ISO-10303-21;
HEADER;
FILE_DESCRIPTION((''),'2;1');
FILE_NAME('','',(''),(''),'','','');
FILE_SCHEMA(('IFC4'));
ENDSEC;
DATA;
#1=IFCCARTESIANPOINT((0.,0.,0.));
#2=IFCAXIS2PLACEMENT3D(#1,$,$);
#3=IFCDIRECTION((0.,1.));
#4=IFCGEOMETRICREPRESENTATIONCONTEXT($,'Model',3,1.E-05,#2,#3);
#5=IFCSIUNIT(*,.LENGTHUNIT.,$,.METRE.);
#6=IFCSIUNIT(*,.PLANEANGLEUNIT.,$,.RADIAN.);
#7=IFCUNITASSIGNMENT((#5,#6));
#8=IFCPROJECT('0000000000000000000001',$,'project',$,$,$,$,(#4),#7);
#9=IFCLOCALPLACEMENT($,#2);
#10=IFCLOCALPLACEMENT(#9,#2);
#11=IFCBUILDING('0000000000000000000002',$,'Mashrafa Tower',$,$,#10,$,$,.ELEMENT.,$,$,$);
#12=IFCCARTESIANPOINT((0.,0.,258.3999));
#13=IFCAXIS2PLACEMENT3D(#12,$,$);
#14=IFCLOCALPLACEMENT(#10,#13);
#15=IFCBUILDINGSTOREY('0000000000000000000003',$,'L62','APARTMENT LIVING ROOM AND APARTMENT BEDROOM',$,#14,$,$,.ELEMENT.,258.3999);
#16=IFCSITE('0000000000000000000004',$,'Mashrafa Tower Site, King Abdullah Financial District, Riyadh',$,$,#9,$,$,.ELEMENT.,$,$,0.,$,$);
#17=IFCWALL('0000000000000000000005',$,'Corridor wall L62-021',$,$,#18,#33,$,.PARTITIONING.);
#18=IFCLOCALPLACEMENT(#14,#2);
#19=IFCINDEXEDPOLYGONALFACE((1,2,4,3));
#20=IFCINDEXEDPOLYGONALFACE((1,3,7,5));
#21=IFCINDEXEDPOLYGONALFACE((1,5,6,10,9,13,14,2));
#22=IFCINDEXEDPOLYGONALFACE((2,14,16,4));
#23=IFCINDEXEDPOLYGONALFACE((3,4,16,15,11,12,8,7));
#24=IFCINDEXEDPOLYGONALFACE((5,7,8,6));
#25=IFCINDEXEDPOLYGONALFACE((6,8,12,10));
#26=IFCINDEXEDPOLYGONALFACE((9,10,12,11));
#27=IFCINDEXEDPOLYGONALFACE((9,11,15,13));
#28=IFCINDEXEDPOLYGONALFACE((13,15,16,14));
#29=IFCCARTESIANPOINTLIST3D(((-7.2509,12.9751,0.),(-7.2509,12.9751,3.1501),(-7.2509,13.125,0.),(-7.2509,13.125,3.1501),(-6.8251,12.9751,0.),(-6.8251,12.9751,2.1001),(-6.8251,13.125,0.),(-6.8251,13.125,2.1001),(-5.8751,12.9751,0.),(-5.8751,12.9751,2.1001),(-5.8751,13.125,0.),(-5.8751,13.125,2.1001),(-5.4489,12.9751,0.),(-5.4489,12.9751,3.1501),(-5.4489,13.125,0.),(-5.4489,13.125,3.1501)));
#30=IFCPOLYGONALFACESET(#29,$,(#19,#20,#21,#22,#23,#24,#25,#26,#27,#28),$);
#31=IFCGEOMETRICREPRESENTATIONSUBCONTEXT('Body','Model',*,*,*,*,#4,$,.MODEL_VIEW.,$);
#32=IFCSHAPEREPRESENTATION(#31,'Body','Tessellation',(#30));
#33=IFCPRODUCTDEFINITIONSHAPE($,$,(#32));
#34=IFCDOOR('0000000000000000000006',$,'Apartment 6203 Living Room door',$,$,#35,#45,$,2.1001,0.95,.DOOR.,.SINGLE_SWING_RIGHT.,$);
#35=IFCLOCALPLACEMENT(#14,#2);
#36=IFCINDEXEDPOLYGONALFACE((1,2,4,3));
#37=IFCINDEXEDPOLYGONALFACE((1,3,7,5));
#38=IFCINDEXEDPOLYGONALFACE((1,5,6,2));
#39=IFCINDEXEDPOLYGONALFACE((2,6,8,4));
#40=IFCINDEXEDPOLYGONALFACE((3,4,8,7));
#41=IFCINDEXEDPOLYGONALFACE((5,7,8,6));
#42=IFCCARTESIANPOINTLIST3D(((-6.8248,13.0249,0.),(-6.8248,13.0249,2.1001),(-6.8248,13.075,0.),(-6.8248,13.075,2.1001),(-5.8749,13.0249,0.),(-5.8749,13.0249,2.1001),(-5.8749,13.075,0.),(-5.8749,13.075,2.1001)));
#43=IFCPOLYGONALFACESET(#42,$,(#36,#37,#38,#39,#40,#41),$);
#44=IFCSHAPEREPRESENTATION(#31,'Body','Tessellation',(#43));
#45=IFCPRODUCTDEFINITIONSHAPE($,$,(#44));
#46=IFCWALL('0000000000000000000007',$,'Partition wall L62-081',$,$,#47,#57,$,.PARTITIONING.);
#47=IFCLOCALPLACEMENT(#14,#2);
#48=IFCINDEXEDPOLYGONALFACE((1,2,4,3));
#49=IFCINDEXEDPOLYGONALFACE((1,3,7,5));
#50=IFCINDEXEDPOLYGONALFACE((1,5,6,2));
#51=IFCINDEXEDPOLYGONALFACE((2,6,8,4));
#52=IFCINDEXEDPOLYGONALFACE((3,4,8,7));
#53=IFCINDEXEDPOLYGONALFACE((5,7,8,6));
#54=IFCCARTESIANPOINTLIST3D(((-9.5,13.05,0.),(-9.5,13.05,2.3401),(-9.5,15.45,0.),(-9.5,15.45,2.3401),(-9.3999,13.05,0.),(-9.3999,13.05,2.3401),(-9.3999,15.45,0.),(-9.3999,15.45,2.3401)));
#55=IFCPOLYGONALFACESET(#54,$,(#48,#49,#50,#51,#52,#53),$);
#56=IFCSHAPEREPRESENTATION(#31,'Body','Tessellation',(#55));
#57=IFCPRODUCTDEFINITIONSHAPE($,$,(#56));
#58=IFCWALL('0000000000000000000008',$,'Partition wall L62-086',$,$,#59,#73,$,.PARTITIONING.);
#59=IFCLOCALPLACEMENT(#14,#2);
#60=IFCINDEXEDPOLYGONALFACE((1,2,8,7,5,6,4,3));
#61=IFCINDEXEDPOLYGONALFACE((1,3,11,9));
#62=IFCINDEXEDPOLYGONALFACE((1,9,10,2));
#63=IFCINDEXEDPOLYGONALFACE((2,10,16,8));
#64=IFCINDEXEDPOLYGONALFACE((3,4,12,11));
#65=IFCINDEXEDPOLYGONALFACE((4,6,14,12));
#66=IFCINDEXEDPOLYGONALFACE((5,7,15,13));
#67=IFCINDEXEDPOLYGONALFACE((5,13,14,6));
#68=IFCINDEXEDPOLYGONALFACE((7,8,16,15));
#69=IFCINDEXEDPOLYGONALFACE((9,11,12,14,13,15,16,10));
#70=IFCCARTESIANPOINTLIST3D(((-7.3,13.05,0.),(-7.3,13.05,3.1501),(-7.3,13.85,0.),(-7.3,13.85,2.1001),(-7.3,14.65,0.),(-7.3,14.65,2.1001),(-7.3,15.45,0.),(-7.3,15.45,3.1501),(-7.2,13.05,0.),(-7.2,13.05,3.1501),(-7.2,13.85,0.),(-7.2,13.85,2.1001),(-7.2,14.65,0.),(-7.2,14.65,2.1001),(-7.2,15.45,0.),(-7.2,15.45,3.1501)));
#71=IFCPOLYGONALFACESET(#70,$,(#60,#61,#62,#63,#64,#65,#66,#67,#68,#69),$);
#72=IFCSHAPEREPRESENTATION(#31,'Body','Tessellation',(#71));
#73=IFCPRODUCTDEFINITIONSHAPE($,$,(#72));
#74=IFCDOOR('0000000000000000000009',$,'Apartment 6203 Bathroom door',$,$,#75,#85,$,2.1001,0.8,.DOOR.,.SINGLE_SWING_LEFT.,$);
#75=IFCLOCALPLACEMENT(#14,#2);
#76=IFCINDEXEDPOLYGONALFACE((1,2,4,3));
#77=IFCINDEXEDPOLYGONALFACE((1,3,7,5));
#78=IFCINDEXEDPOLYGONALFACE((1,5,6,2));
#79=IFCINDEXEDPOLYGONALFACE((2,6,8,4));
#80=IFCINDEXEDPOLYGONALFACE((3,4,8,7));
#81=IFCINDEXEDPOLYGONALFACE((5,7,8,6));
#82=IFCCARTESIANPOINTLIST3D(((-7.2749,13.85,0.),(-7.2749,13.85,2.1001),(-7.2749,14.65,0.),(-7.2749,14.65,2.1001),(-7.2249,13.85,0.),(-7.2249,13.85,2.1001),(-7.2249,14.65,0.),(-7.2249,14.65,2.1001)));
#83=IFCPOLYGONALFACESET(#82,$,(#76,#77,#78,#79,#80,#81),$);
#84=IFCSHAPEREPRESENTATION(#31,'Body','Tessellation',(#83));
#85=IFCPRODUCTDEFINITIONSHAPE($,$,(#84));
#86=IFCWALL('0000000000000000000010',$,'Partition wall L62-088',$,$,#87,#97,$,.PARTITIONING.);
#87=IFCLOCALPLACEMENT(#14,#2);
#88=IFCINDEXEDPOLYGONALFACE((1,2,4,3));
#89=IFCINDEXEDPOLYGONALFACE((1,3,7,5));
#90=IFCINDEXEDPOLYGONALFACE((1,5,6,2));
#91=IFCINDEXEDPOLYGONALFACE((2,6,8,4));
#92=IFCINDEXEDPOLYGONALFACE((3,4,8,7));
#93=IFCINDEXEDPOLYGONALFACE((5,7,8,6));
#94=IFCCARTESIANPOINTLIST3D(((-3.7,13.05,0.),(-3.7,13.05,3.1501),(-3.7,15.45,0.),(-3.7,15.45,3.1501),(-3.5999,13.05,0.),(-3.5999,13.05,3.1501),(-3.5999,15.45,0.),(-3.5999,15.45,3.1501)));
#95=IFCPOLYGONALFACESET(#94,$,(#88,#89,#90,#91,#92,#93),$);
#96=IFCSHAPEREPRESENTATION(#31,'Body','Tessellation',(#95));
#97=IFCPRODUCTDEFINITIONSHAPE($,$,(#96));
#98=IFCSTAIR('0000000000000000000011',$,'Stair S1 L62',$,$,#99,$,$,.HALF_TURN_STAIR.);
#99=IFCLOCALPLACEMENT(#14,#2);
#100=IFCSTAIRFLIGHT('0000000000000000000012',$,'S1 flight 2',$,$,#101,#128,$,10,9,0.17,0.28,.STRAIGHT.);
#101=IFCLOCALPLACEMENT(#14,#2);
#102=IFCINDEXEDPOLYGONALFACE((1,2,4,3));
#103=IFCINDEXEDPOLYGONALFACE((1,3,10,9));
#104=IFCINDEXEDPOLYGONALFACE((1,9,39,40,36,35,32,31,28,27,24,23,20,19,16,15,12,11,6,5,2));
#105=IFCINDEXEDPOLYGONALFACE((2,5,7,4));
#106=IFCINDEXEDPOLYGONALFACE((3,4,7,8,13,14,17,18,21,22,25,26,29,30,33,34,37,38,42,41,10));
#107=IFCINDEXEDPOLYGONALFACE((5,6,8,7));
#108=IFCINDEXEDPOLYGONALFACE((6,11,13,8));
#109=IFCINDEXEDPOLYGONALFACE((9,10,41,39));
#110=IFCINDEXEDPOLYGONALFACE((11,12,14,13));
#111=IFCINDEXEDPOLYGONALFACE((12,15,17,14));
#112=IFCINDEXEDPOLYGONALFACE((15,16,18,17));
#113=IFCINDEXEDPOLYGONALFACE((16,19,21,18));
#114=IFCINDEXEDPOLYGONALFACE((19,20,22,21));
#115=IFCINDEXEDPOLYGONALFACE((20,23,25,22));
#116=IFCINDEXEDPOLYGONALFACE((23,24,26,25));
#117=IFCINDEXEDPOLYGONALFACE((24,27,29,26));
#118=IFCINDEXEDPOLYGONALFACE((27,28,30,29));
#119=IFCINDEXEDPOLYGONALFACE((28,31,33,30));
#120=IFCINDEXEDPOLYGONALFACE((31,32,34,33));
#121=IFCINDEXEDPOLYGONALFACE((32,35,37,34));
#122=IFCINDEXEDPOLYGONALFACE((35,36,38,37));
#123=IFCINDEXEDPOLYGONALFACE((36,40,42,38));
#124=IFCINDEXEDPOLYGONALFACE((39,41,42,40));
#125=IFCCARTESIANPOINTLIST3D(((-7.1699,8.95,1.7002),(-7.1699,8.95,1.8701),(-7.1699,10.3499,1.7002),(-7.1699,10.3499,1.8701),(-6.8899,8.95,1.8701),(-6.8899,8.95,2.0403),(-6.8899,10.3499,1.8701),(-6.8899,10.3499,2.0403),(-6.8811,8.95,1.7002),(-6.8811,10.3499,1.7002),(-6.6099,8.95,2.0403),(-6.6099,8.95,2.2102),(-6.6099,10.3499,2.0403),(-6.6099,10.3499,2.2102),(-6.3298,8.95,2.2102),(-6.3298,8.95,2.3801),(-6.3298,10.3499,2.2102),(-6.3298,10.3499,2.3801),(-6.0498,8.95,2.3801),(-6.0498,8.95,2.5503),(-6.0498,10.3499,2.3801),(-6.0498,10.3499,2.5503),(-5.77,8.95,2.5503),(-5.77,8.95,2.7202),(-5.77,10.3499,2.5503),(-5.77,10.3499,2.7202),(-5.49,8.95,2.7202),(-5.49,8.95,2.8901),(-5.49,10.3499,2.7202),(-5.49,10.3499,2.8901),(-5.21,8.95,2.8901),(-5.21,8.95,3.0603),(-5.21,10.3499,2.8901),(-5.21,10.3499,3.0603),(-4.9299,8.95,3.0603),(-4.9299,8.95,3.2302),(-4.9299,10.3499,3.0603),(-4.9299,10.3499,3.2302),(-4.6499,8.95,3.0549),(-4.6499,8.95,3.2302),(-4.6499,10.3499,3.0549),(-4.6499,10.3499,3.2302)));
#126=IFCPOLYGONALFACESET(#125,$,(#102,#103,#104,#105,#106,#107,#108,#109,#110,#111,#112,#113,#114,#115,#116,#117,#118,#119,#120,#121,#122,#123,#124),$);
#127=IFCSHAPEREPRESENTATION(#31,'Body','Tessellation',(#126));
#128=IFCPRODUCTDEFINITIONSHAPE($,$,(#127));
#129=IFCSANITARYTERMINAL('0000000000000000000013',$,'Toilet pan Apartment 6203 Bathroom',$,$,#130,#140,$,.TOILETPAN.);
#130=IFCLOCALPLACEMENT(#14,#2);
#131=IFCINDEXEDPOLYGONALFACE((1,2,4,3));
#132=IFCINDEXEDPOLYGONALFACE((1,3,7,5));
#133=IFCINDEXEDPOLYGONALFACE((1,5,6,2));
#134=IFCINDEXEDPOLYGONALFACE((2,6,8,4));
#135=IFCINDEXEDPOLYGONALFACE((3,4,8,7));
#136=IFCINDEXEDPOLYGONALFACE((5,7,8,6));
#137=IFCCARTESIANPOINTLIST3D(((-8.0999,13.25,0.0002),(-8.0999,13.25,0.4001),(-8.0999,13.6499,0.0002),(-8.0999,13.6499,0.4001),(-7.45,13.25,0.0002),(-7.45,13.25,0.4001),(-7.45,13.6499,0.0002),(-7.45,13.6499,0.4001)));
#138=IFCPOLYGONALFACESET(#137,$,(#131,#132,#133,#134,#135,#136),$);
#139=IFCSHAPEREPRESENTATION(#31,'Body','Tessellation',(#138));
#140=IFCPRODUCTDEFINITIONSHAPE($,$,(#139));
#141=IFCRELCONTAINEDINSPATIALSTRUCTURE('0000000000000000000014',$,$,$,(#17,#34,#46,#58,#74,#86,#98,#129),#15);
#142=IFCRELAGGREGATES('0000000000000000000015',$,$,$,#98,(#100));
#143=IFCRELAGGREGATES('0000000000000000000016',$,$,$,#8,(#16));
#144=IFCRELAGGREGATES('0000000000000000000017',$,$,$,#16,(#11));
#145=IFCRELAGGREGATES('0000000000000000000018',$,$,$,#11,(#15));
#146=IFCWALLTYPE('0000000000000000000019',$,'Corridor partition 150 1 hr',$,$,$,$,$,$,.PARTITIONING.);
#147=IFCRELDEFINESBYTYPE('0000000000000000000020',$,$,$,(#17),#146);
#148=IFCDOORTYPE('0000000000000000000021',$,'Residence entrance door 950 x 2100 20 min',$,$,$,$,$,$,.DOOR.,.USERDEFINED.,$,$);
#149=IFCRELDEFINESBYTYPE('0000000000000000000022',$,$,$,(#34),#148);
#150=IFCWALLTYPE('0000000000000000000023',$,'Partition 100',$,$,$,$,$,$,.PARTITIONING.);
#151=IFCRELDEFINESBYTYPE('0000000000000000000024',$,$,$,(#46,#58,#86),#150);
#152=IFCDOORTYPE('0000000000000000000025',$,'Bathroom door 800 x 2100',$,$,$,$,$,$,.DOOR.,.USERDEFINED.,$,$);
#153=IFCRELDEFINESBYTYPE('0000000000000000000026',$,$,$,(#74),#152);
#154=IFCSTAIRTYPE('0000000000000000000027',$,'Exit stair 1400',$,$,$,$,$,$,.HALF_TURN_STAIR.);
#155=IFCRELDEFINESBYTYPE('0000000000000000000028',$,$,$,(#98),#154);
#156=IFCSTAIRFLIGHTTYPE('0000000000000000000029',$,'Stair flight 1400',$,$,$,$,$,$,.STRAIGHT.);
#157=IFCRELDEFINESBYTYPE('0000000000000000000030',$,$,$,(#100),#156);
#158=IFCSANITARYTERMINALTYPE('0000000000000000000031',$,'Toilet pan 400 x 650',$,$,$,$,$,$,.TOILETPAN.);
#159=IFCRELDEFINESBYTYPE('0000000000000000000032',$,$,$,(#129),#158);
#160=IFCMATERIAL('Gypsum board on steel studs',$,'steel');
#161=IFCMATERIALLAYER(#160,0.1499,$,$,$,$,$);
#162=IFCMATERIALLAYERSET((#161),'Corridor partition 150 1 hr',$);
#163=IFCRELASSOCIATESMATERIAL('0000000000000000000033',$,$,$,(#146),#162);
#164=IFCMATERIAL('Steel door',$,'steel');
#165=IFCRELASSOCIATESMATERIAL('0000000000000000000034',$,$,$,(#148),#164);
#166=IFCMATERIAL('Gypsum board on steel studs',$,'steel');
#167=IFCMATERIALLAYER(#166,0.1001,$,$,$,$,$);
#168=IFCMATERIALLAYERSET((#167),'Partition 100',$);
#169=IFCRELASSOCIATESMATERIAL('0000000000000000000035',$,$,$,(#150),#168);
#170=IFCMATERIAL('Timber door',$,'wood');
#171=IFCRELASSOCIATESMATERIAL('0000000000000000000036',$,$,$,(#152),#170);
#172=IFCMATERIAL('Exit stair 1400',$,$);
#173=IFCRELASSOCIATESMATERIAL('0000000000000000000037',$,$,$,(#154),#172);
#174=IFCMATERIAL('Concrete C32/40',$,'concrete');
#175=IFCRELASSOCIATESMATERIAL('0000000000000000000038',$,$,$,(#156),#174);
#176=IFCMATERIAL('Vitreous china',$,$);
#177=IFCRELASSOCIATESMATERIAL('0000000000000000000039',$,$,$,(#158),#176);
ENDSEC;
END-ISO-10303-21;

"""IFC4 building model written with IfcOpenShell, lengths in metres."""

from ifc_helpers import new_model, si_unit, direction, frame, frame_2d, origin, origin_2d, place, context, subcontext, project, spatial, polyline, rectangle, outline, extrude, material, layer, layer_set, type_object, element, fill, aggregate, save


model = new_model("IFC4")

# Units and contexts
model_context = context("Model", 3, precision=1e-05, world=origin(), true_north=direction((0.0, 1.0)))
body_context = subcontext(model_context, "Body", "Model", "MODEL_VIEW")
ifc_project = project(units=[si_unit("LENGTHUNIT", "METRE"), si_unit("PLANEANGLEUNIT", "RADIAN")], contexts=[model_context])

# Site, building, storey
site_placement = place(None, origin())
site = spatial("IfcSite", under=ifc_project, at=site_placement, Name="Mashrafa Tower Site, King Abdullah Financial District, Riyadh", CompositionType="ELEMENT", RefElevation=0.0)
building_placement = place(site_placement, origin())
building = spatial("IfcBuilding", under=site, at=building_placement, Name="Mashrafa Tower", CompositionType="ELEMENT")
storey_placement = place(building_placement, frame((0.0, 0.0, 258.3999)))
storey = spatial("IfcBuildingStorey", under=building, at=storey_placement, Name="L62", Description="APARTMENT LIVING ROOM AND APARTMENT BEDROOM", CompositionType="ELEMENT", Elevation=258.3999)

# Shared definitions
ifc_material_1 = material(Name="Gypsum board on steel studs", Category="steel")
ifc_layer_1 = layer(ifc_material_1, 0.1499)
ifc_layer_set_1 = layer_set([ifc_layer_1], Name="Corridor partition 150 1 hr")
wall_type_1 = type_object("IfcWallType", Name="Corridor partition 150 1 hr", PredefinedType="PARTITIONING", material=ifc_layer_set_1)

# Wall, opening, door
wall_1_placement = place(storey_placement, frame((-5.449, 13.05, 0.0), z_axis=(0.0, 0.0, 1.0), x_axis=(-1.0, 0.0, 0.0)))
wall_1 = element("IfcWall", 1, at=wall_1_placement, inside=storey, type_object=wall_type_1, Name="Corridor wall L62-021", PredefinedType="PARTITIONING", context=body_context, shape_type="SweptSolid", body=[
    extrude(rectangle(XDim=1.802, YDim=0.1499, at=frame_2d((0.9009, 0.0))), origin(), (0.0, 0.0, 1.0), 3.1501),
])
opening_1_placement = place(wall_1_placement, frame((0.426, 0.0, 0.0)))
opening_1 = element("IfcOpeningElement", 2, at=opening_1_placement, cuts=wall_1, PredefinedType="OPENING", context=body_context, shape_type="SweptSolid", body=[
    extrude(rectangle(XDim=0.95, YDim=2.1001, at=frame_2d((0.4751, 1.05))), frame((0.0, 0.085, 0.0), z_axis=(0.0, -1.0, 0.0), x_axis=(1.0, 0.0, 0.0)), (0.0, 0.0, 1.0), 0.1699),
])
ifc_material_2 = material(Name="Steel door", Category="steel")
door_type_1 = type_object("IfcDoorType", Name="Residence entrance door 950 x 2100 20 min", OperationType="USERDEFINED", PredefinedType="DOOR", material=ifc_material_2)
door_1_placement = place(opening_1_placement, frame((0.95, 0.0, 0.0), z_axis=(0.0, 0.0, 1.0), x_axis=(-1.0, 0.0, 0.0)))
door_1 = element("IfcDoor", 3, at=door_1_placement, inside=storey, type_object=door_type_1, Name="Apartment 6203 Living Room door", OperationType="SINGLE_SWING_RIGHT", OverallHeight=2.1001, OverallWidth=0.95, PredefinedType="DOOR", context=body_context, shape_type="SweptSolid", body=[
    extrude(rectangle(XDim=0.95, YDim=2.1001, at=frame_2d((0.4751, 1.05))), frame((0.0, 0.0249, 0.0), z_axis=(0.0, -1.0, 0.0), x_axis=(1.0, 0.0, 0.0)), (0.0, 0.0, 1.0), 0.05),
])
fill(opening_1, door_1)

# Wall
ifc_material_3 = material(Name="Gypsum board on steel studs", Category="steel")
ifc_layer_2 = layer(ifc_material_3, 0.1001)
ifc_layer_set_2 = layer_set([ifc_layer_2], Name="Partition 100")
wall_type_2 = type_object("IfcWallType", Name="Partition 100", PredefinedType="PARTITIONING", material=ifc_layer_set_2)
wall_2_placement = place(storey_placement, frame((-9.45, 13.05, 0.0), z_axis=(0.0, 0.0, 1.0), x_axis=(0.0, 1.0, 0.0)))
element("IfcWall", 4, at=wall_2_placement, inside=storey, type_object=wall_type_2, Name="Partition wall L62-081", PredefinedType="PARTITIONING", context=body_context, shape_type="SweptSolid", body=[
    extrude(rectangle(XDim=2.3999, YDim=0.1001, at=frame_2d((1.2, 0.0))), origin(), (0.0, 0.0, 1.0), 2.3401),
])

# Wall, opening, door
wall_3_placement = place(storey_placement, frame((-7.25, 13.05, 0.0), z_axis=(0.0, 0.0, 1.0), x_axis=(0.0, 1.0, 0.0)))
wall_3 = element("IfcWall", 5, at=wall_3_placement, inside=storey, type_object=wall_type_2, Name="Partition wall L62-086", PredefinedType="PARTITIONING", context=body_context, shape_type="SweptSolid", body=[
    extrude(rectangle(XDim=2.3999, YDim=0.1001, at=frame_2d((1.2, 0.0))), origin(), (0.0, 0.0, 1.0), 3.1501),
])
opening_2_placement = place(wall_3_placement, frame((0.8, 0.0, 0.0)))
opening_2 = element("IfcOpeningElement", 6, at=opening_2_placement, cuts=wall_3, PredefinedType="OPENING", context=body_context, shape_type="SweptSolid", body=[
    extrude(rectangle(XDim=0.8, YDim=2.1001, at=frame_2d((0.3999, 1.05))), frame((0.0, 0.0601, 0.0), z_axis=(0.0, -1.0, 0.0), x_axis=(1.0, 0.0, 0.0)), (0.0, 0.0, 1.0), 0.1201),
])
ifc_material_4 = material(Name="Timber door", Category="wood")
door_type_2 = type_object("IfcDoorType", Name="Bathroom door 800 x 2100", OperationType="USERDEFINED", PredefinedType="DOOR", material=ifc_material_4)
door_2_placement = place(opening_2_placement, origin())
door_2 = element("IfcDoor", 7, at=door_2_placement, inside=storey, type_object=door_type_2, Name="Apartment 6203 Bathroom door", OperationType="SINGLE_SWING_LEFT", OverallHeight=2.1001, OverallWidth=0.8, PredefinedType="DOOR", context=body_context, shape_type="SweptSolid", body=[
    extrude(rectangle(XDim=0.8, YDim=2.1001, at=frame_2d((0.3999, 1.05))), frame((0.0, 0.0249, 0.0), z_axis=(0.0, -1.0, 0.0), x_axis=(1.0, 0.0, 0.0)), (0.0, 0.0, 1.0), 0.05),
])
fill(opening_2, door_2)

# Wall
wall_4_placement = place(storey_placement, frame((-3.6499, 13.05, 0.0), z_axis=(0.0, 0.0, 1.0), x_axis=(0.0, 1.0, 0.0)))
element("IfcWall", 8, at=wall_4_placement, inside=storey, type_object=wall_type_2, Name="Partition wall L62-088", PredefinedType="PARTITIONING", context=body_context, shape_type="SweptSolid", body=[
    extrude(rectangle(XDim=2.3999, YDim=0.1001, at=frame_2d((1.2, 0.0))), origin(), (0.0, 0.0, 1.0), 3.1501),
])

# Stair, stair flight
ifc_material_5 = material(Name="Exit stair 1400")
stair_type = type_object("IfcStairType", Name="Exit stair 1400", PredefinedType="HALF_TURN_STAIR", material=ifc_material_5)
stair_placement = place(storey_placement, origin())
stair = element("IfcStair", 9, at=stair_placement, inside=storey, type_object=stair_type, Name="Stair S1 L62", PredefinedType="HALF_TURN_STAIR")
ifc_material_6 = material(Name="Concrete C32/40", Category="concrete")
stair_flight_type = type_object("IfcStairFlightType", Name="Stair flight 1400", PredefinedType="STRAIGHT", material=ifc_material_6)
stair_flight_placement = place(storey_placement, frame((-7.1699, 9.6499, 1.7002), z_axis=(0.0, 0.0, 1.0), x_axis=(1.0, 0.0, 0.0)))
stair_flight = element("IfcStairFlight", 10, at=stair_flight_placement, type_object=stair_flight_type, Name="S1 flight 2", NumberOfRisers=10, NumberOfTreads=9, PredefinedType="STRAIGHT", RiserHeight=0.17, TreadLength=0.28, context=body_context, shape_type="SweptSolid", body=[
    extrude(outline(polyline([(0.0, 0.0), (0.0, 0.1699), (0.28, 0.1699), (0.28, 0.3401), (0.5601, 0.3401), (0.5601, 0.51), (0.8401, 0.51), (0.8401, 0.6799), (1.1201, 0.6799), (1.1201, 0.8501), (1.3999, 0.8501), (1.3999, 1.02), (1.6799, 1.02), (1.6799, 1.1899), (1.96, 1.1899), (1.96, 1.3601), (2.24, 1.3601), (2.24, 1.53), (2.52, 1.53), (2.52, 1.7), (2.52, 1.3547), (0.2888, 0.0), (0.0, 0.0)])), frame((0.0, 0.7, 0.0), z_axis=(0.0, -1.0, 0.0), x_axis=(1.0, 0.0, 0.0)), (0.0, 0.0, 1.0), 1.3999),
])
aggregate(stair, [stair_flight])

# Sanitary terminal
ifc_material_7 = material(Name="Vitreous china")
sanitary_terminal_type = type_object("IfcSanitaryTerminalType", Name="Toilet pan 400 x 650", PredefinedType="TOILETPAN", material=ifc_material_7)
sanitary_terminal_placement = place(storey_placement, frame((-7.7749, 13.45, 0.0002), z_axis=(0.0, 0.0, 1.0), x_axis=(0.0, 1.0, 0.0)))
element("IfcSanitaryTerminal", 11, at=sanitary_terminal_placement, inside=storey, type_object=sanitary_terminal_type, Name="Toilet pan Apartment 6203 Bathroom", PredefinedType="TOILETPAN", context=body_context, shape_type="SweptSolid", body=[
    extrude(rectangle(XDim=0.3999, YDim=0.6499, at=origin_2d()), origin(), (0.0, 0.0, 1.0), 0.3999),
])

save(model, "model.ifc")
